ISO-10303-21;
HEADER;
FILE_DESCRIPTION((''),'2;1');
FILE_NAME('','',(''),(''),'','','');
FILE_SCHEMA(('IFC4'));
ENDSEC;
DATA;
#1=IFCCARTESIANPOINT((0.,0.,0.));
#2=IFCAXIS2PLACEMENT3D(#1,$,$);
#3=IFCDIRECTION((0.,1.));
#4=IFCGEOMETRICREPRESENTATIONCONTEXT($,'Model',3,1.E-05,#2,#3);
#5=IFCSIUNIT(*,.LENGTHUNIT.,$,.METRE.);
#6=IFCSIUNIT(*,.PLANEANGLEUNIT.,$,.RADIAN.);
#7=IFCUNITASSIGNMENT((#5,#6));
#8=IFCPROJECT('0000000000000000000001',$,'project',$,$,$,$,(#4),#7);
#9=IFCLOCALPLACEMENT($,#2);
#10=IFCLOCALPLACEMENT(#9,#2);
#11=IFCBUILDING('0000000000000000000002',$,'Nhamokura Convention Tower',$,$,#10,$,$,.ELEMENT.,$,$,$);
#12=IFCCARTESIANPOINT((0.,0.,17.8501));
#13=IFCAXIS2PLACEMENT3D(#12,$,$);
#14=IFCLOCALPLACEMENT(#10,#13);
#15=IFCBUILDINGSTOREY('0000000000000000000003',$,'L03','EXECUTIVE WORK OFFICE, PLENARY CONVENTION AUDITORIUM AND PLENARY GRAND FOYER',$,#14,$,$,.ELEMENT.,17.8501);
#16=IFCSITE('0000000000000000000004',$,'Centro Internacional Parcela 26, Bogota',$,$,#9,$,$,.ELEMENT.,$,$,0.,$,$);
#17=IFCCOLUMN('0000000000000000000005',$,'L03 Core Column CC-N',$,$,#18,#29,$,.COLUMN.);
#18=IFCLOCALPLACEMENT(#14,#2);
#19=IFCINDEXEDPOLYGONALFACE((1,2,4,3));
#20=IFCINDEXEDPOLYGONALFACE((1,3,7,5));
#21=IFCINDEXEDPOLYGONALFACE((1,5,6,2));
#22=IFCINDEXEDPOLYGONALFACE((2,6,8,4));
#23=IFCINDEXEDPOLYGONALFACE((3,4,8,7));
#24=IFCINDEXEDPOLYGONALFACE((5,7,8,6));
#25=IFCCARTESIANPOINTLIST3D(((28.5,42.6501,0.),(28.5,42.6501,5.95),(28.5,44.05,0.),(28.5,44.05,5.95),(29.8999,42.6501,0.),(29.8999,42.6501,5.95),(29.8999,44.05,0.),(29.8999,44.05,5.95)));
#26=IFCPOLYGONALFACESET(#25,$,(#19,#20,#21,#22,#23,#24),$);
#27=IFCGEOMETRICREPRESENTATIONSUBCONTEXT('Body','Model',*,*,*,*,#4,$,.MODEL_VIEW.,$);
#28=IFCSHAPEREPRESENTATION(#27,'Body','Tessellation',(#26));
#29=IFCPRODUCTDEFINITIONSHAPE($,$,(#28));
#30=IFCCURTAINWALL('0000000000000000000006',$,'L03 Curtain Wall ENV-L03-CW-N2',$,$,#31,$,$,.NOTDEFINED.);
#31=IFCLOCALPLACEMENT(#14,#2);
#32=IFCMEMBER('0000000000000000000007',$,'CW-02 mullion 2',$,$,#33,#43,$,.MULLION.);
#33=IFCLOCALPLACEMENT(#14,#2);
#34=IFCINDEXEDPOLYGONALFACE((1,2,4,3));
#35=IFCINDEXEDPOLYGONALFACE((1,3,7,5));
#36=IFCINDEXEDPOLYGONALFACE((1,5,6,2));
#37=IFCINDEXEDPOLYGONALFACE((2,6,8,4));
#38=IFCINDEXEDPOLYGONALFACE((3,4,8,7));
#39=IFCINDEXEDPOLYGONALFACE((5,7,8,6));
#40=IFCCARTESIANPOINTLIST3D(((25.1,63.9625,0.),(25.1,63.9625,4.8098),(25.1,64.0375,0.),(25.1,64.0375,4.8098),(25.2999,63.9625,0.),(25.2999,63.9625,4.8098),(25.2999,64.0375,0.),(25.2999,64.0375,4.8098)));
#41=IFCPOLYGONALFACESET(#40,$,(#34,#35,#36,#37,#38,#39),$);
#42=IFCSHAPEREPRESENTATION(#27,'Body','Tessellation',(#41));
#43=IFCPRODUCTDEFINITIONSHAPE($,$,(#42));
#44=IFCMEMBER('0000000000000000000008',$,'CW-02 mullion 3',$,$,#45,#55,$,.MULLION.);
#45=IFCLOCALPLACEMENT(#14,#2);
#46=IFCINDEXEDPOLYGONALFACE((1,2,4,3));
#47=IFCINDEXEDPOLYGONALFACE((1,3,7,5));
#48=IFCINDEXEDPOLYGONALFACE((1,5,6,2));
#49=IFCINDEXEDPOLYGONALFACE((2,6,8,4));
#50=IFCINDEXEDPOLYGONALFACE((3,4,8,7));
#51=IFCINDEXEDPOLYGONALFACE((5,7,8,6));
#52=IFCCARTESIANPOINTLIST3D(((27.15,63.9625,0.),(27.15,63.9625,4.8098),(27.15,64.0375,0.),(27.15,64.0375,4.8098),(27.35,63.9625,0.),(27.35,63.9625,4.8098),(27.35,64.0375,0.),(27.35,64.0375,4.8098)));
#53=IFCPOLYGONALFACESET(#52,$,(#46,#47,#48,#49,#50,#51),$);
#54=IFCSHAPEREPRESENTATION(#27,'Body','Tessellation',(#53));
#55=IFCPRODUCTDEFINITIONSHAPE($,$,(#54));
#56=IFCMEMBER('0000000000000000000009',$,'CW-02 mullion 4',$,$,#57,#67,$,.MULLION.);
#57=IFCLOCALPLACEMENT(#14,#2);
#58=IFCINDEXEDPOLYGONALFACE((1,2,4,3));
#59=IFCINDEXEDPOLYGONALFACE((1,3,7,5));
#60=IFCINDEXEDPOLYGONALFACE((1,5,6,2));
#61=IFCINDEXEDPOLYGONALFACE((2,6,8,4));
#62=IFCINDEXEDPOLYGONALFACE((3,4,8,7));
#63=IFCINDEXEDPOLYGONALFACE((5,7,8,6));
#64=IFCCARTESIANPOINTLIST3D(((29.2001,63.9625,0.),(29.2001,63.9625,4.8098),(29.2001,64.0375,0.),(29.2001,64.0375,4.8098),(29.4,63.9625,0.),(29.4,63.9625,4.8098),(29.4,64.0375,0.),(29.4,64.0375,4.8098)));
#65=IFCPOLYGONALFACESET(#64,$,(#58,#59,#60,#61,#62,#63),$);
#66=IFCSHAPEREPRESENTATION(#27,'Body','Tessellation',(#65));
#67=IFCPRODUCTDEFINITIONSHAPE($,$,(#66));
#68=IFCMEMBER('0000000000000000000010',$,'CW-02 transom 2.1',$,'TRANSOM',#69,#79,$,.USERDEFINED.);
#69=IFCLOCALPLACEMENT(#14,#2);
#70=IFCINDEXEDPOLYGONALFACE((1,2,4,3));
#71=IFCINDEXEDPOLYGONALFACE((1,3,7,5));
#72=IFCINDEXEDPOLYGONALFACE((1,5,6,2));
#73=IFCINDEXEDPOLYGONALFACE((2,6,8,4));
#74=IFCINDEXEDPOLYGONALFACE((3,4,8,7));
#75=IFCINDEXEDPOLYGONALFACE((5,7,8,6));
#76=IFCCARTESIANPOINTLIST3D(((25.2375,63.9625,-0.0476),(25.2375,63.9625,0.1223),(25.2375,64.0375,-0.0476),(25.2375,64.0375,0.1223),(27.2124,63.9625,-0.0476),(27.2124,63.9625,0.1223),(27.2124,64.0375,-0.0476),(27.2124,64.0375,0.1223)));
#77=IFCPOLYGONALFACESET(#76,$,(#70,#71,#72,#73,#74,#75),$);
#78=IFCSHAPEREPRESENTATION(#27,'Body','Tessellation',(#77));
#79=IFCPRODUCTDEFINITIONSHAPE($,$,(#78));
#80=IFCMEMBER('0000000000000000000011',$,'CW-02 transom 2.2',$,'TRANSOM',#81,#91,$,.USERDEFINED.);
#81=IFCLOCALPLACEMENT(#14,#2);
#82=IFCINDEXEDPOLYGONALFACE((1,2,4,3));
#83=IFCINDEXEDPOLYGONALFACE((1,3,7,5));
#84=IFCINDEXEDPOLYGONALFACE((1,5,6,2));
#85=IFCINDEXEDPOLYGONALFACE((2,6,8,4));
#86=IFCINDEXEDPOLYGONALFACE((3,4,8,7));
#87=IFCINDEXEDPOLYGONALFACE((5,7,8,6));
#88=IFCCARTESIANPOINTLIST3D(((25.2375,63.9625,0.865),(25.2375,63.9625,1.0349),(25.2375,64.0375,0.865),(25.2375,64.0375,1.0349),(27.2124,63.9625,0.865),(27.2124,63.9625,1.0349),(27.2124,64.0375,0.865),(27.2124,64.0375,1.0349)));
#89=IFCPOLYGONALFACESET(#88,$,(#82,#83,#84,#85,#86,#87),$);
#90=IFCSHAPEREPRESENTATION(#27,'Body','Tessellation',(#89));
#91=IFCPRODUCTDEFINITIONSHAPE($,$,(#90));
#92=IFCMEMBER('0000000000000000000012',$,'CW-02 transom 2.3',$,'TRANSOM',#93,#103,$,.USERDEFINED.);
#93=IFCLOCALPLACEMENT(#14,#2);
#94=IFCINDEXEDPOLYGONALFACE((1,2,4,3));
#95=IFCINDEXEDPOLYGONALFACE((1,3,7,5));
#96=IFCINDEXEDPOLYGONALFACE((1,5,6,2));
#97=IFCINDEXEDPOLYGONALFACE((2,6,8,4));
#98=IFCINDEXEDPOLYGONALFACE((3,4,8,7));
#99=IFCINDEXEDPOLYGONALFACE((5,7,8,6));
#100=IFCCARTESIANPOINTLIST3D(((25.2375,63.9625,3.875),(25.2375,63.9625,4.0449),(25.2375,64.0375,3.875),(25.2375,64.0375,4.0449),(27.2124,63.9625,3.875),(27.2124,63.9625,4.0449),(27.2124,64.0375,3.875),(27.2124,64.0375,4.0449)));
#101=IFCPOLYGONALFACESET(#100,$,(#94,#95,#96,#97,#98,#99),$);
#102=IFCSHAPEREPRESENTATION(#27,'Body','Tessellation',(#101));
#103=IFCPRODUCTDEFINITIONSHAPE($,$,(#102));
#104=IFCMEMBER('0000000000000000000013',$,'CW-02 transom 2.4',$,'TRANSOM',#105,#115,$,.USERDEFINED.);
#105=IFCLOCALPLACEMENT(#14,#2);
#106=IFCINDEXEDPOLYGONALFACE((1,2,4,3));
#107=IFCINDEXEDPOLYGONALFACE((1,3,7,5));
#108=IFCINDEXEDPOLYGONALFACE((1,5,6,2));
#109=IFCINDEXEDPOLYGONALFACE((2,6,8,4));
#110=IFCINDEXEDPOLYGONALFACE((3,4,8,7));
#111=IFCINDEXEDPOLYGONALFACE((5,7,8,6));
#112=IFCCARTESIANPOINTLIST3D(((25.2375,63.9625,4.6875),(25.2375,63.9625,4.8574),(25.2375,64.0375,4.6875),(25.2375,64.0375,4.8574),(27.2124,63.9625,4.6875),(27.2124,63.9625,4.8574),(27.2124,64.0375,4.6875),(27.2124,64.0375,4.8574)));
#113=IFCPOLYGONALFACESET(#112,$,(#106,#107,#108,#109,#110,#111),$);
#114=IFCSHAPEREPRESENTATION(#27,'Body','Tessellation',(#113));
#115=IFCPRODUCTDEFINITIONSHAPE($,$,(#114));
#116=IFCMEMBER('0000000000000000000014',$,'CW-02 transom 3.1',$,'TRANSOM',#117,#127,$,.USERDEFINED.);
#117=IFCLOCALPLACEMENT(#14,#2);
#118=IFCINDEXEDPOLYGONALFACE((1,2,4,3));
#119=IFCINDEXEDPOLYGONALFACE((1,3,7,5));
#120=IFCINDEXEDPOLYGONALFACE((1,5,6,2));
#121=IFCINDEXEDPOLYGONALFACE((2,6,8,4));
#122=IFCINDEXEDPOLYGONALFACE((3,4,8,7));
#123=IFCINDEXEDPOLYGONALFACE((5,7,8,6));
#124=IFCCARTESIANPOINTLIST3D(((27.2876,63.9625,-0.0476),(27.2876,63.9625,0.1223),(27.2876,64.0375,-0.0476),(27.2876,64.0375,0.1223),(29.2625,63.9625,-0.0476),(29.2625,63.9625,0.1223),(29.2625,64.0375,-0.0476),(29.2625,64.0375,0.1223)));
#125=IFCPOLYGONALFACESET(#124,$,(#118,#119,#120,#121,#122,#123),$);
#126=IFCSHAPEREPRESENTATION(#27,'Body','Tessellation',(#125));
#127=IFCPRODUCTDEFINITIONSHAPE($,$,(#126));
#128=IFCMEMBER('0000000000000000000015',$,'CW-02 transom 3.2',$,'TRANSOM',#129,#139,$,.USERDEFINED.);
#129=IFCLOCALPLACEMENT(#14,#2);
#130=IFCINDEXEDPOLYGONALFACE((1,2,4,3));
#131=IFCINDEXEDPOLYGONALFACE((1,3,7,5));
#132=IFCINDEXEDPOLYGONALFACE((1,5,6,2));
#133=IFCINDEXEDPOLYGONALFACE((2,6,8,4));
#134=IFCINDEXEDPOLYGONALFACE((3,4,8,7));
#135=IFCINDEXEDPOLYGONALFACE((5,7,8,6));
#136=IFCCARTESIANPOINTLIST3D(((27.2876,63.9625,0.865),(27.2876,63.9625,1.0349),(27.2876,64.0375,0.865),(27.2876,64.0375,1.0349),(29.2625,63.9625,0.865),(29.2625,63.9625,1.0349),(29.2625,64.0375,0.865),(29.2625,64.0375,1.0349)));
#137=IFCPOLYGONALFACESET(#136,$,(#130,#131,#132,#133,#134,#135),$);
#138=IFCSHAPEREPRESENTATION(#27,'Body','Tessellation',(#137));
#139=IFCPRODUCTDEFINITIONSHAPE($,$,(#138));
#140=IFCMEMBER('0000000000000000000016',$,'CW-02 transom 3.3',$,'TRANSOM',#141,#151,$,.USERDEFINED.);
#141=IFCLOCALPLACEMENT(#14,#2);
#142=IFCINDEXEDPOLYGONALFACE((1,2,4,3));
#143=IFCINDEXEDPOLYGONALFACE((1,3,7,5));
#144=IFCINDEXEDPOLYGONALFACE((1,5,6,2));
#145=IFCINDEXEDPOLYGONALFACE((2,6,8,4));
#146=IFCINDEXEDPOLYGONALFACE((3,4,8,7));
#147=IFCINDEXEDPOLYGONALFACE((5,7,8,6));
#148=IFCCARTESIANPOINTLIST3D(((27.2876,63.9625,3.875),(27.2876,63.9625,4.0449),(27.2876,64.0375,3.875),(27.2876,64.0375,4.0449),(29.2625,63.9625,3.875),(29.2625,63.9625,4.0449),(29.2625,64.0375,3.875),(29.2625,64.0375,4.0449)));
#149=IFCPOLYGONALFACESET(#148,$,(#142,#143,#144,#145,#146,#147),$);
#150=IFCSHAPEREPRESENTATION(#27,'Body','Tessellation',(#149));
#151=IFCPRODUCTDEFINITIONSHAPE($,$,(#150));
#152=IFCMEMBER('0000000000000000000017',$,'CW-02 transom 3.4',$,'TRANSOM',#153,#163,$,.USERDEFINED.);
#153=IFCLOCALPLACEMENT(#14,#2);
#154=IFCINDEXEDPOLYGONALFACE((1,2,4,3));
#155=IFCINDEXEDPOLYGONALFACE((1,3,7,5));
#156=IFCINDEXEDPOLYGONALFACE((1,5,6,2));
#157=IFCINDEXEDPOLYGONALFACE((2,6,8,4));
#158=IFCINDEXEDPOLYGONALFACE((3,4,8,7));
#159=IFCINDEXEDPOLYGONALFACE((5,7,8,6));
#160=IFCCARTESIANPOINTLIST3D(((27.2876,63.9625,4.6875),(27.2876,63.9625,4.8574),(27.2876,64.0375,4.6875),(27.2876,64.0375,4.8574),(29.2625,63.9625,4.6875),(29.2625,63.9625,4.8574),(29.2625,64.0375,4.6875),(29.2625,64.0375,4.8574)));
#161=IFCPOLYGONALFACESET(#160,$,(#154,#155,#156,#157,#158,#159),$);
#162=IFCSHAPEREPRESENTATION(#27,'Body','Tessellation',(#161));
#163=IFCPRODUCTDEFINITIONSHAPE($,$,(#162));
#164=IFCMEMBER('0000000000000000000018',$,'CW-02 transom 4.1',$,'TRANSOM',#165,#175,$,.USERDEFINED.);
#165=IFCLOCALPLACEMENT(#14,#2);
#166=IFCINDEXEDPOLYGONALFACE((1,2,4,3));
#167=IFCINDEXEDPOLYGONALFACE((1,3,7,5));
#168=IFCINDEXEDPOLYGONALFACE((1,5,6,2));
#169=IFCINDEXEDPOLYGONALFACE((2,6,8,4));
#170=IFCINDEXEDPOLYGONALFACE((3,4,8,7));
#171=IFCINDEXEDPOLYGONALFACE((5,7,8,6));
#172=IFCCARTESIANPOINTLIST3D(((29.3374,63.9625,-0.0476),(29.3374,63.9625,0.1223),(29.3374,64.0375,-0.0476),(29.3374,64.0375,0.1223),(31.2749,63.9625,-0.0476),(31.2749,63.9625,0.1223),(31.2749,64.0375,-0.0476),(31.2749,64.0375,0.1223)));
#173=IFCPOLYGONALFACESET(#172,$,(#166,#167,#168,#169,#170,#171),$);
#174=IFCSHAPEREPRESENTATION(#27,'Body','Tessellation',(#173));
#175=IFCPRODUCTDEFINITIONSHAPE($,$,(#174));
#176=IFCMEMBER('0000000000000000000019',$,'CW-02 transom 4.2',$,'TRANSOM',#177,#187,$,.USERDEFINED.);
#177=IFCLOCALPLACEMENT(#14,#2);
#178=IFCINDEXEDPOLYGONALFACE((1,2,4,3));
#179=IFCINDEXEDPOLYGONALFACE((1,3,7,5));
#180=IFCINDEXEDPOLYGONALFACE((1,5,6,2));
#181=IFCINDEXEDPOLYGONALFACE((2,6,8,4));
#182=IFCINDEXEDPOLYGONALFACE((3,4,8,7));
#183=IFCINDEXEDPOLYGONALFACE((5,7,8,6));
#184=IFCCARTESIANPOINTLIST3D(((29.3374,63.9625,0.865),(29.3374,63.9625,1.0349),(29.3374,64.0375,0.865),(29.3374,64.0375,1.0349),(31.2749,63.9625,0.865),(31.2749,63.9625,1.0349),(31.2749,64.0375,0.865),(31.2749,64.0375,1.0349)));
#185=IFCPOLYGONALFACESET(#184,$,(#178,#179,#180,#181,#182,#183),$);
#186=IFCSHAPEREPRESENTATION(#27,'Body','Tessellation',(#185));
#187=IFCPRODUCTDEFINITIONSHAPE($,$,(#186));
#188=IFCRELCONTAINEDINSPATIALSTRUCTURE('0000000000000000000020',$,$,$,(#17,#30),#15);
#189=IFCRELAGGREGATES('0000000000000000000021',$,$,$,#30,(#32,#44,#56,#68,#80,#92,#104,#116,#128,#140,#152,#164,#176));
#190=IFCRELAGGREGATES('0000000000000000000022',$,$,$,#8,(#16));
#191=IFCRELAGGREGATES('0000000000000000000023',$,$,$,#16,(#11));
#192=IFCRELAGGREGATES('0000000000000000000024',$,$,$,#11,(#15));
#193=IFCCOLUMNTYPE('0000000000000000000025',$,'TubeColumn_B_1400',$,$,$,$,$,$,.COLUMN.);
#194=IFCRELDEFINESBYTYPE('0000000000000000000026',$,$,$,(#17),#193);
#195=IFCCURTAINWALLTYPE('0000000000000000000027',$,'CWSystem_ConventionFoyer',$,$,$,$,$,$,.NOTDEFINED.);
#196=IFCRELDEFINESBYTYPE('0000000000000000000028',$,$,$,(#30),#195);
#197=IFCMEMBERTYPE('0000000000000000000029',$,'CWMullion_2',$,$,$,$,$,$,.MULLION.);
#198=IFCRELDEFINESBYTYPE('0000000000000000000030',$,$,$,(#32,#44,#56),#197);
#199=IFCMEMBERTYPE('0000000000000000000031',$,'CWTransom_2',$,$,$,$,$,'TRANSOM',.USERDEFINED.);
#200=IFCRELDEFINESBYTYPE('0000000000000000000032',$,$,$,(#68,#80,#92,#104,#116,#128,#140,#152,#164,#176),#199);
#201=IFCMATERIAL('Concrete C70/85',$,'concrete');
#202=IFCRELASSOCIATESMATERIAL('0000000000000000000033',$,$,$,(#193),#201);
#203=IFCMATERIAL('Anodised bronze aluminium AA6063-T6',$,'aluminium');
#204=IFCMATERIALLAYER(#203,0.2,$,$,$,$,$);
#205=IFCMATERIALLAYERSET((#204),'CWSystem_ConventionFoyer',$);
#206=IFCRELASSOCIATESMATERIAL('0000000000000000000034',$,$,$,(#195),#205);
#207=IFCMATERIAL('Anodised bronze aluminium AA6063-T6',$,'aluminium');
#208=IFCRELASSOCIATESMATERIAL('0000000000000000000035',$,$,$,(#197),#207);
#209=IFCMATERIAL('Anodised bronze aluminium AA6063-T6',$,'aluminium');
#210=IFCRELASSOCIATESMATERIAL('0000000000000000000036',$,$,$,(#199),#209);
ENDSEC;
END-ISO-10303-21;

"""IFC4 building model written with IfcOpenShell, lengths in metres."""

from ifc_helpers import new_model, si_unit, direction, frame, origin, origin_2d, place, context, subcontext, project, spatial, rectangle, extrude, material, layer, layer_set, material_profile, profile_set, type_object, element, aggregate, save


model = new_model("IFC4")

# Units and contexts
model_context = context("Model", 3, precision=1e-05, world=origin(), true_north=direction((0.0, 1.0)))
body_context = subcontext(model_context, "Body", "Model", "MODEL_VIEW")
ifc_project = project(units=[si_unit("LENGTHUNIT", "METRE"), si_unit("PLANEANGLEUNIT", "RADIAN")], contexts=[model_context])

# Site, building, storey
site_placement = place(None, origin())
site = spatial("IfcSite", under=ifc_project, at=site_placement, Name="Centro Internacional Parcela 26, Bogota", CompositionType="ELEMENT", RefElevation=0.0)
building_placement = place(site_placement, origin())
building = spatial("IfcBuilding", under=site, at=building_placement, Name="Nhamokura Convention Tower", CompositionType="ELEMENT")
storey_placement = place(building_placement, frame((0.0, 0.0, 17.8501)))
storey = spatial("IfcBuildingStorey", under=building, at=storey_placement, Name="L03", Description="EXECUTIVE WORK OFFICE, PLENARY CONVENTION AUDITORIUM AND PLENARY GRAND FOYER", CompositionType="ELEMENT", Elevation=17.8501)

# Column
ifc_material_1 = material(Name="Concrete C70/85", Category="concrete")
ifc_material_profile_1 = material_profile(ifc_material_1, rectangle(XDim=1.3999, YDim=1.3999, at=origin_2d()))
ifc_profile_set_1 = profile_set([ifc_material_profile_1], Name="Concrete C70/85")
column_type = type_object("IfcColumnType", Name="TubeColumn_B_1400", PredefinedType="COLUMN", material=ifc_profile_set_1)
column_placement = place(storey_placement, frame((29.2, 43.3501, 0.0), z_axis=(0.0, 0.0, 1.0), x_axis=(1.0, 0.0, 0.0)))
element("IfcColumn", 1, at=column_placement, inside=storey, type_object=column_type, Name="L03 Core Column CC-N", PredefinedType="COLUMN", context=body_context, shape_type="SweptSolid", body=[
    extrude(rectangle(XDim=1.3999, YDim=1.3999, at=origin_2d()), origin(), (0.0, 0.0, 1.0), 5.95),
])

# Curtain wall, members
ifc_material_2 = material(Name="Anodised bronze aluminium AA6063-T6", Category="aluminium")
ifc_layer_1 = layer(ifc_material_2, 0.2)
ifc_layer_set_1 = layer_set([ifc_layer_1], Name="CWSystem_ConventionFoyer")
curtain_wall_type = type_object("IfcCurtainWallType", Name="CWSystem_ConventionFoyer", PredefinedType="NOTDEFINED", material=ifc_layer_set_1)
curtain_wall_placement = place(storey_placement, origin())
curtain_wall = element("IfcCurtainWall", 2, at=curtain_wall_placement, inside=storey, type_object=curtain_wall_type, Name="L03 Curtain Wall ENV-L03-CW-N2", PredefinedType="NOTDEFINED")
ifc_material_3 = material(Name="Anodised bronze aluminium AA6063-T6", Category="aluminium")
ifc_material_profile_2 = material_profile(ifc_material_3, rectangle(XDim=0.075, YDim=0.2, at=origin_2d()))
ifc_profile_set_2 = profile_set([ifc_material_profile_2], Name="Anodised bronze aluminium AA6063-T6")
member_type_1 = type_object("IfcMemberType", Name="CWMullion_2", PredefinedType="MULLION", material=ifc_profile_set_2)
member_1_placement = place(storey_placement, frame((25.2, 64.0, 0.0), z_axis=(0.0, 0.0, 1.0), x_axis=(0.0, 1.0, 0.0)))
member_1 = element("IfcMember", 3, at=member_1_placement, type_object=member_type_1, Name="CW-02 mullion 2", PredefinedType="MULLION", context=body_context, shape_type="SweptSolid", body=[
    extrude(rectangle(XDim=0.075, YDim=0.2, at=origin_2d()), origin(), (0.0, 0.0, 1.0), 4.8098),
])
member_2_placement = place(storey_placement, frame((27.25, 64.0, 0.0), z_axis=(0.0, 0.0, 1.0), x_axis=(0.0, 1.0, 0.0)))
member_2 = element("IfcMember", 4, at=member_2_placement, type_object=member_type_1, Name="CW-02 mullion 3", PredefinedType="MULLION", context=body_context, shape_type="SweptSolid", body=[
    extrude(rectangle(XDim=0.075, YDim=0.2, at=origin_2d()), origin(), (0.0, 0.0, 1.0), 4.8098),
])
member_3_placement = place(storey_placement, frame((29.3, 64.0, 0.0), z_axis=(0.0, 0.0, 1.0), x_axis=(0.0, 1.0, 0.0)))
member_3 = element("IfcMember", 5, at=member_3_placement, type_object=member_type_1, Name="CW-02 mullion 4", PredefinedType="MULLION", context=body_context, shape_type="SweptSolid", body=[
    extrude(rectangle(XDim=0.075, YDim=0.2, at=origin_2d()), origin(), (0.0, 0.0, 1.0), 4.8098),
])
ifc_material_4 = material(Name="Anodised bronze aluminium AA6063-T6", Category="aluminium")
ifc_material_profile_3 = material_profile(ifc_material_4, rectangle(XDim=0.075, YDim=0.1699, at=origin_2d()))
ifc_profile_set_3 = profile_set([ifc_material_profile_3], Name="Anodised bronze aluminium AA6063-T6")
member_type_2 = type_object("IfcMemberType", Name="CWTransom_2", ElementType="TRANSOM", PredefinedType="USERDEFINED", material=ifc_profile_set_3)
member_4_placement = place(storey_placement, frame((25.2375, 64.0, 0.0374), z_axis=(1.0, 0.0, 0.0), x_axis=(0.0, 1.0, 0.0)))
member_4 = element("IfcMember", 6, at=member_4_placement, type_object=member_type_2, Name="CW-02 transom 2.1", ObjectType="TRANSOM", PredefinedType="USERDEFINED", context=body_context, shape_type="SweptSolid", body=[
    extrude(rectangle(XDim=0.075, YDim=0.1699, at=origin_2d()), origin(), (0.0, 0.0, 1.0), 1.9749),
])
member_5_placement = place(storey_placement, frame((25.2375, 64.0, 0.95), z_axis=(1.0, 0.0, 0.0), x_axis=(0.0, 1.0, 0.0)))
member_5 = element("IfcMember", 7, at=member_5_placement, type_object=member_type_2, Name="CW-02 transom 2.2", ObjectType="TRANSOM", PredefinedType="USERDEFINED", context=body_context, shape_type="SweptSolid", body=[
    extrude(rectangle(XDim=0.075, YDim=0.1699, at=origin_2d()), origin(), (0.0, 0.0, 1.0), 1.9749),
])
member_6_placement = place(storey_placement, frame((25.2375, 64.0, 3.96), z_axis=(1.0, 0.0, 0.0), x_axis=(0.0, 1.0, 0.0)))
member_6 = element("IfcMember", 8, at=member_6_placement, type_object=member_type_2, Name="CW-02 transom 2.3", ObjectType="TRANSOM", PredefinedType="USERDEFINED", context=body_context, shape_type="SweptSolid", body=[
    extrude(rectangle(XDim=0.075, YDim=0.1699, at=origin_2d()), origin(), (0.0, 0.0, 1.0), 1.9749),
])
member_7_placement = place(storey_placement, frame((25.2375, 64.0, 4.7725), z_axis=(1.0, 0.0, 0.0), x_axis=(0.0, 1.0, 0.0)))
member_7 = element("IfcMember", 9, at=member_7_placement, type_object=member_type_2, Name="CW-02 transom 2.4", ObjectType="TRANSOM", PredefinedType="USERDEFINED", context=body_context, shape_type="SweptSolid", body=[
    extrude(rectangle(XDim=0.075, YDim=0.1699, at=origin_2d()), origin(), (0.0, 0.0, 1.0), 1.9749),
])
member_8_placement = place(storey_placement, frame((27.2876, 64.0, 0.0374), z_axis=(1.0, 0.0, 0.0), x_axis=(0.0, 1.0, 0.0)))
member_8 = element("IfcMember", 10, at=member_8_placement, type_object=member_type_2, Name="CW-02 transom 3.1", ObjectType="TRANSOM", PredefinedType="USERDEFINED", context=body_context, shape_type="SweptSolid", body=[
    extrude(rectangle(XDim=0.075, YDim=0.1699, at=origin_2d()), origin(), (0.0, 0.0, 1.0), 1.9749),
])
member_9_placement = place(storey_placement, frame((27.2876, 64.0, 0.95), z_axis=(1.0, 0.0, 0.0), x_axis=(0.0, 1.0, 0.0)))
member_9 = element("IfcMember", 11, at=member_9_placement, type_object=member_type_2, Name="CW-02 transom 3.2", ObjectType="TRANSOM", PredefinedType="USERDEFINED", context=body_context, shape_type="SweptSolid", body=[
    extrude(rectangle(XDim=0.075, YDim=0.1699, at=origin_2d()), origin(), (0.0, 0.0, 1.0), 1.9749),
])
member_10_placement = place(storey_placement, frame((27.2876, 64.0, 3.96), z_axis=(1.0, 0.0, 0.0), x_axis=(0.0, 1.0, 0.0)))
member_10 = element("IfcMember", 12, at=member_10_placement, type_object=member_type_2, Name="CW-02 transom 3.3", ObjectType="TRANSOM", PredefinedType="USERDEFINED", context=body_context, shape_type="SweptSolid", body=[
    extrude(rectangle(XDim=0.075, YDim=0.1699, at=origin_2d()), origin(), (0.0, 0.0, 1.0), 1.9749),
])
member_11_placement = place(storey_placement, frame((27.2876, 64.0, 4.7725), z_axis=(1.0, 0.0, 0.0), x_axis=(0.0, 1.0, 0.0)))
member_11 = element("IfcMember", 13, at=member_11_placement, type_object=member_type_2, Name="CW-02 transom 3.4", ObjectType="TRANSOM", PredefinedType="USERDEFINED", context=body_context, shape_type="SweptSolid", body=[
    extrude(rectangle(XDim=0.075, YDim=0.1699, at=origin_2d()), origin(), (0.0, 0.0, 1.0), 1.9749),
])
member_12_placement = place(storey_placement, frame((29.3374, 64.0, 0.0374), z_axis=(1.0, 0.0, 0.0), x_axis=(0.0, 1.0, 0.0)))
member_12 = element("IfcMember", 14, at=member_12_placement, type_object=member_type_2, Name="CW-02 transom 4.1", ObjectType="TRANSOM", PredefinedType="USERDEFINED", context=body_context, shape_type="SweptSolid", body=[
    extrude(rectangle(XDim=0.075, YDim=0.1699, at=origin_2d()), origin(), (0.0, 0.0, 1.0), 1.9375),
])
member_13_placement = place(storey_placement, frame((29.3374, 64.0, 0.95), z_axis=(1.0, 0.0, 0.0), x_axis=(0.0, 1.0, 0.0)))
member_13 = element("IfcMember", 15, at=member_13_placement, type_object=member_type_2, Name="CW-02 transom 4.2", ObjectType="TRANSOM", PredefinedType="USERDEFINED", context=body_context, shape_type="SweptSolid", body=[
    extrude(rectangle(XDim=0.075, YDim=0.1699, at=origin_2d()), origin(), (0.0, 0.0, 1.0), 1.9375),
])

aggregate(curtain_wall, [member_1, member_2, member_3, member_4, member_5, member_6, member_7, member_8, member_9, member_10, member_11, member_12, member_13])

save(model, "model.ifc")
